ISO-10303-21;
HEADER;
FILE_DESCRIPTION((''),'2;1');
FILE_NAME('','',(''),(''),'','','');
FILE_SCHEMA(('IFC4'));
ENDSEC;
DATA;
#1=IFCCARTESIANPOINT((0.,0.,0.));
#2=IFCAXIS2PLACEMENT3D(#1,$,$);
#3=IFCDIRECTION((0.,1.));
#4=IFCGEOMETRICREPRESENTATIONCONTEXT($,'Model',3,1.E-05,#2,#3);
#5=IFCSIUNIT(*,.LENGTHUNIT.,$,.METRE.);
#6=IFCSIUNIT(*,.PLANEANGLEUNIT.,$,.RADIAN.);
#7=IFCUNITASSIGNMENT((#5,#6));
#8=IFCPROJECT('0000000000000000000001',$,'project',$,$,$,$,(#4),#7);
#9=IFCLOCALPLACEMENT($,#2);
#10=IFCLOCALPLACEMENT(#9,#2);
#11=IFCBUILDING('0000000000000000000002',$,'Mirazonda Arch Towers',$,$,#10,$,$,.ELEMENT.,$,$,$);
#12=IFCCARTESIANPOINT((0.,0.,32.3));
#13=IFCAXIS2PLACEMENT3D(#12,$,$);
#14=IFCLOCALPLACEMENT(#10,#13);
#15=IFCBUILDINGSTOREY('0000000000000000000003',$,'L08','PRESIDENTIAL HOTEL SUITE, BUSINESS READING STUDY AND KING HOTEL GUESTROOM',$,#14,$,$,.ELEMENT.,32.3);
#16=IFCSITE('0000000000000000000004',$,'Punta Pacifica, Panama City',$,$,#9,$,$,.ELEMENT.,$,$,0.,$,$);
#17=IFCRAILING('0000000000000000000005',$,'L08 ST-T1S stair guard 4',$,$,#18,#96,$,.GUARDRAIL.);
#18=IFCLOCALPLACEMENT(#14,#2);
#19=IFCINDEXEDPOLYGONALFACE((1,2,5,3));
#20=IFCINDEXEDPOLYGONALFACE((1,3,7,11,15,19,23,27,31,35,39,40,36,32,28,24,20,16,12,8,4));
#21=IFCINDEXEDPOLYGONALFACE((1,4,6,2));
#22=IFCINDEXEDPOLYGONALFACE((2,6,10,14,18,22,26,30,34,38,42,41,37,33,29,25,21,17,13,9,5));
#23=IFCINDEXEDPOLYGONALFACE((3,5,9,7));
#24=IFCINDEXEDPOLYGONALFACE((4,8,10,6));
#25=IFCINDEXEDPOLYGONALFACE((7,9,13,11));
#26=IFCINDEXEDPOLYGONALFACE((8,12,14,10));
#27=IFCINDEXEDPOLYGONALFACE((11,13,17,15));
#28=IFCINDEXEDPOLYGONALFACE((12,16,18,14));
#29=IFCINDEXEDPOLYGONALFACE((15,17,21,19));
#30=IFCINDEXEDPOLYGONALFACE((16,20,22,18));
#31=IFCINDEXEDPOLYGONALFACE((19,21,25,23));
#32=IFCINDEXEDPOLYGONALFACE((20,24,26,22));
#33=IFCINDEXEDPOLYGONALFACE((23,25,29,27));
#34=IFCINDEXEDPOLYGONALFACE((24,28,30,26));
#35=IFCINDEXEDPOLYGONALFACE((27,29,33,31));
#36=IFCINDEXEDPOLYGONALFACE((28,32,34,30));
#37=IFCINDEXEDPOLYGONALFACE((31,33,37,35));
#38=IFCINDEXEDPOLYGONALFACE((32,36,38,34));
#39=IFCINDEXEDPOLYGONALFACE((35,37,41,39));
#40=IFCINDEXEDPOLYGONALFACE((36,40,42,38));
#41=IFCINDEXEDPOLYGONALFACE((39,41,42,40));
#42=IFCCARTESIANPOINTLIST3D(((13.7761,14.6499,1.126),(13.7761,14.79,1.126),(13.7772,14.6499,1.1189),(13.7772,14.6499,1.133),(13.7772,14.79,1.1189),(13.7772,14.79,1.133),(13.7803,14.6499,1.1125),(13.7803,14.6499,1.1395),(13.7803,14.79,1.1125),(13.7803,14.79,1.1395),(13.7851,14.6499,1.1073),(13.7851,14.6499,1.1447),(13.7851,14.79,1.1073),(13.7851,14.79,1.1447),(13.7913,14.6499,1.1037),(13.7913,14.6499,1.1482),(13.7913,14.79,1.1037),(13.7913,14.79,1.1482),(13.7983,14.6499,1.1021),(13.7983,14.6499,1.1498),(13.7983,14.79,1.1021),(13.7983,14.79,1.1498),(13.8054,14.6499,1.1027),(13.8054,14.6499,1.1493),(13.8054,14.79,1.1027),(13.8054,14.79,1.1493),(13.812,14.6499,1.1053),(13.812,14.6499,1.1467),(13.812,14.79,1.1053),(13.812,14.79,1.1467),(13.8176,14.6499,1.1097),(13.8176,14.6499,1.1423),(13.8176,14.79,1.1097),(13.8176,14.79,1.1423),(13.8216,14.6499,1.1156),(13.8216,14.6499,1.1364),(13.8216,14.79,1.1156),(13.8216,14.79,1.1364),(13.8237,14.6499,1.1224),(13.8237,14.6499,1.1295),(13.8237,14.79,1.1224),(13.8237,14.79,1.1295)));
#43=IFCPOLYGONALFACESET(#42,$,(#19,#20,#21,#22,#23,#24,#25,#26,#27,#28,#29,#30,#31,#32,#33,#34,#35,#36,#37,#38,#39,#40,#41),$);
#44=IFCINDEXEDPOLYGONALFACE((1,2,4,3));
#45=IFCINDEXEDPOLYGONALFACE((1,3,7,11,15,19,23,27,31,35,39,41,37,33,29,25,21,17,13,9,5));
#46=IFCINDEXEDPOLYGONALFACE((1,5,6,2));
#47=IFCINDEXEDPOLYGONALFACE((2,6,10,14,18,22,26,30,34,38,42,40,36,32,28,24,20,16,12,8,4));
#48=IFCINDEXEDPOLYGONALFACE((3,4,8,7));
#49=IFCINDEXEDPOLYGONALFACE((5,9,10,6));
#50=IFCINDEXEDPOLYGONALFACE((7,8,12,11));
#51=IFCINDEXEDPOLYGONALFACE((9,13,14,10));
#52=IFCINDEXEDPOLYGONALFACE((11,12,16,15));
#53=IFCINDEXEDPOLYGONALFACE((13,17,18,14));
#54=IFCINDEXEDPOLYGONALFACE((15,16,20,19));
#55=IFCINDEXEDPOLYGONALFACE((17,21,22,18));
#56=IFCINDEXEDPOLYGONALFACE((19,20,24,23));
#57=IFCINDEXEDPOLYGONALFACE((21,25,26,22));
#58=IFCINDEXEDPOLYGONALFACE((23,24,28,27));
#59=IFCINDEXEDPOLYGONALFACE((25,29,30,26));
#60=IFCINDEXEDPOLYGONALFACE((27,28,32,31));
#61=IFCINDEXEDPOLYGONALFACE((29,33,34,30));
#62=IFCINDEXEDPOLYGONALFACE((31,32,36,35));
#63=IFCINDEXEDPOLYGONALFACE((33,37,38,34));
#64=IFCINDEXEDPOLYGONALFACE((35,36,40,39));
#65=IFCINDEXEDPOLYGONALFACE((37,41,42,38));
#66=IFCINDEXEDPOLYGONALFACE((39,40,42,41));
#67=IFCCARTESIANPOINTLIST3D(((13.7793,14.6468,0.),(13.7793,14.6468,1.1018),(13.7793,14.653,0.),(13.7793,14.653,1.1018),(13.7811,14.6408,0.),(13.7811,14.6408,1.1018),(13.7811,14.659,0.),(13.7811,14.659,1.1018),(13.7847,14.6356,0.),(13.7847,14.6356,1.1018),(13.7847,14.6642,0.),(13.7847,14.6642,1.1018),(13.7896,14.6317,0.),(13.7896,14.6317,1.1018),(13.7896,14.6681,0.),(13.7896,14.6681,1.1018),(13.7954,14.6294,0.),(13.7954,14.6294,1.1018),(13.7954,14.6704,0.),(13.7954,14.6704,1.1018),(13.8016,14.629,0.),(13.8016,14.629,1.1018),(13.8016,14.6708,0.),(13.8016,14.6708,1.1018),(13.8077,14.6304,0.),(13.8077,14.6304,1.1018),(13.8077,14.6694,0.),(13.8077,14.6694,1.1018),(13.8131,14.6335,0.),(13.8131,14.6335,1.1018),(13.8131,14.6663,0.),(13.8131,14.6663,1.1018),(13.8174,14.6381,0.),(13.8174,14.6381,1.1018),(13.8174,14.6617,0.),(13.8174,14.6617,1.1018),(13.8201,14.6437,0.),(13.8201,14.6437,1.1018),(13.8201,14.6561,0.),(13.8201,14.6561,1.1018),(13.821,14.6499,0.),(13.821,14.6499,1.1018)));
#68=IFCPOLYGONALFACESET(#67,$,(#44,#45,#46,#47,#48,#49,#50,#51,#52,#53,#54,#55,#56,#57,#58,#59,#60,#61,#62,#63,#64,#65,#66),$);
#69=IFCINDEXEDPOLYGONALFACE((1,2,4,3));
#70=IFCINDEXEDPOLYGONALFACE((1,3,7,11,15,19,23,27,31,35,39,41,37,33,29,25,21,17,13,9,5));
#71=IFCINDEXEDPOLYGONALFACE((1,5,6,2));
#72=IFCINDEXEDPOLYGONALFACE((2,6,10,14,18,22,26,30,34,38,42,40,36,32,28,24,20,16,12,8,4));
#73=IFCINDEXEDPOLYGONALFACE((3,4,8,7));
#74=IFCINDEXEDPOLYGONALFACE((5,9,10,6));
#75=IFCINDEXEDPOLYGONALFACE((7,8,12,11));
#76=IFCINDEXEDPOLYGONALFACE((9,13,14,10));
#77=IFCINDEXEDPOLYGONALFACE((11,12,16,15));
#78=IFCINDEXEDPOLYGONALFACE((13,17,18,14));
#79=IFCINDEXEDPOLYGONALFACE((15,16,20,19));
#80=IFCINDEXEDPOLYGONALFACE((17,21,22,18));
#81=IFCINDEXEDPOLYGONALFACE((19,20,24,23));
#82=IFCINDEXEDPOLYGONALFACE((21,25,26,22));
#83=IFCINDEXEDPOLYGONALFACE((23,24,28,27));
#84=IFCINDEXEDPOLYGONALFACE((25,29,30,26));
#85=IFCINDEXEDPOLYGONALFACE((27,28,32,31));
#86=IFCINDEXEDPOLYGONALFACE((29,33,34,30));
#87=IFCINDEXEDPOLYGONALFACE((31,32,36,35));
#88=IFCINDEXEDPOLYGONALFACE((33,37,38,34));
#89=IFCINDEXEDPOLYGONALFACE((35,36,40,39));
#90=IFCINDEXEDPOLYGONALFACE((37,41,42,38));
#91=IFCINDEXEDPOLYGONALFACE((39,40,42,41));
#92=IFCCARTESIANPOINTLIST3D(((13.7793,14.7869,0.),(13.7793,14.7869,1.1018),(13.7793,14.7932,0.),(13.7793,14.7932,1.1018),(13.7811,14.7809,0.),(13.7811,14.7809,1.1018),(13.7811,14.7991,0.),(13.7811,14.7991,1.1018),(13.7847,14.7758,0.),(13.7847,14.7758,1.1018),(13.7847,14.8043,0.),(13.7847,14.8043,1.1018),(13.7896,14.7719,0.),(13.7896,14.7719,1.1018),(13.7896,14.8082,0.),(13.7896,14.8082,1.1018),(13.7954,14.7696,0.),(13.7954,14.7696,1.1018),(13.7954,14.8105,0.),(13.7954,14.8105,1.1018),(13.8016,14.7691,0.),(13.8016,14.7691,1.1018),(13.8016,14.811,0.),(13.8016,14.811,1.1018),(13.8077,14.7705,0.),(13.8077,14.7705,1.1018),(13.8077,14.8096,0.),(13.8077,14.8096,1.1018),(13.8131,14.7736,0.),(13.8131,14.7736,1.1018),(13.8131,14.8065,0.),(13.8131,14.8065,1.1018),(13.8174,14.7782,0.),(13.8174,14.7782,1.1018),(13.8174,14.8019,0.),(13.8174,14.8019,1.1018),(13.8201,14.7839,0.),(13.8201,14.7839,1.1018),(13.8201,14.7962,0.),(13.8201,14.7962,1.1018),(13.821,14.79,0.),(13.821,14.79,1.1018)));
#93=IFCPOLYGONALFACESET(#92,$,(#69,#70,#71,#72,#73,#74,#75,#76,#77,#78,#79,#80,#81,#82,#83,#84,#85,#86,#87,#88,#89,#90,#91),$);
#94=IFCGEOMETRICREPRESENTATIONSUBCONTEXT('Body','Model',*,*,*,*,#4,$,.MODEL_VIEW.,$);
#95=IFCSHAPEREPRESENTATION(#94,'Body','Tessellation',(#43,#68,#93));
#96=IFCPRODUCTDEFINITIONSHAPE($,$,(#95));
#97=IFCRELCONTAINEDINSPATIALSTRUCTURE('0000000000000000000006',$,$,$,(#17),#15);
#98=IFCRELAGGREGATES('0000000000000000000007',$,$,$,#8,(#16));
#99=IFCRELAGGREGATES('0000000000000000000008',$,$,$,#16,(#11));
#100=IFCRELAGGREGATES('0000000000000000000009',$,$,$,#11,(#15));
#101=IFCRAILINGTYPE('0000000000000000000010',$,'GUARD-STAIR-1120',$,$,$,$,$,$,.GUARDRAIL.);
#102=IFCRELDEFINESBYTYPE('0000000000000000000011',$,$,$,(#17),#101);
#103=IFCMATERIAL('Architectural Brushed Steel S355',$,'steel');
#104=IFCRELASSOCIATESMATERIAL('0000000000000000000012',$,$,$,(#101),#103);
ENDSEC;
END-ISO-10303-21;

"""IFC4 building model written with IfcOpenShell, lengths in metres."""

from ifc_helpers import new_model, si_unit, direction, frame, origin, origin_2d, place, context, subcontext, project, spatial, circle, extrude, material, type_object, element, save


model = new_model("IFC4")

# Units and contexts
model_context = context("Model", 3, precision=1e-05, world=origin(), true_north=direction((0.0, 1.0)))
body_context = subcontext(model_context, "Body", "Model", "MODEL_VIEW")
ifc_project = project(units=[si_unit("LENGTHUNIT", "METRE"), si_unit("PLANEANGLEUNIT", "RADIAN")], contexts=[model_context])

# Site, building, storey
site_placement = place(None, origin())
site = spatial("IfcSite", under=ifc_project, at=site_placement, Name="Punta Pacifica, Panama City", CompositionType="ELEMENT", RefElevation=0.0)
building_placement = place(site_placement, origin())
building = spatial("IfcBuilding", under=site, at=building_placement, Name="Mirazonda Arch Towers", CompositionType="ELEMENT")
storey_placement = place(building_placement, frame((0.0, 0.0, 32.3)))
storey = spatial("IfcBuildingStorey", under=building, at=storey_placement, Name="L08", Description="PRESIDENTIAL HOTEL SUITE, BUSINESS READING STUDY AND KING HOTEL GUESTROOM", CompositionType="ELEMENT", Elevation=32.3)

# Shared definitions
ifc_material_1 = material(Name="Architectural Brushed Steel S355", Category="steel")

# Railing
railing_type = type_object("IfcRailingType", Name="GUARD-STAIR-1120", PredefinedType="GUARDRAIL", material=ifc_material_1)
railing_placement = place(storey_placement, frame((13.8, 14.6499, 0.0)))
element("IfcRailing", 1, at=railing_placement, inside=storey, type_object=railing_type, Name="L08 ST-T1S stair guard 4", PredefinedType="GUARDRAIL", context=body_context, shape_type="SweptSolid", body=[
    extrude(circle(Radius=0.0239, at=origin_2d()), frame((0.0, 0.0, 1.126), z_axis=(0.0, 1.0, 0.0), x_axis=(-1.0, 0.0, 0.0)), (0.0, 0.0, 1.0), 0.1401),
    extrude(circle(Radius=0.021, at=origin_2d()), origin(), (0.0, 0.0, 1.0), 1.1018),
    extrude(circle(Radius=0.021, at=origin_2d()), frame((0.0, 0.1401, 0.0)), (0.0, 0.0, 1.0), 1.1018),
])

save(model, "model.ifc")
